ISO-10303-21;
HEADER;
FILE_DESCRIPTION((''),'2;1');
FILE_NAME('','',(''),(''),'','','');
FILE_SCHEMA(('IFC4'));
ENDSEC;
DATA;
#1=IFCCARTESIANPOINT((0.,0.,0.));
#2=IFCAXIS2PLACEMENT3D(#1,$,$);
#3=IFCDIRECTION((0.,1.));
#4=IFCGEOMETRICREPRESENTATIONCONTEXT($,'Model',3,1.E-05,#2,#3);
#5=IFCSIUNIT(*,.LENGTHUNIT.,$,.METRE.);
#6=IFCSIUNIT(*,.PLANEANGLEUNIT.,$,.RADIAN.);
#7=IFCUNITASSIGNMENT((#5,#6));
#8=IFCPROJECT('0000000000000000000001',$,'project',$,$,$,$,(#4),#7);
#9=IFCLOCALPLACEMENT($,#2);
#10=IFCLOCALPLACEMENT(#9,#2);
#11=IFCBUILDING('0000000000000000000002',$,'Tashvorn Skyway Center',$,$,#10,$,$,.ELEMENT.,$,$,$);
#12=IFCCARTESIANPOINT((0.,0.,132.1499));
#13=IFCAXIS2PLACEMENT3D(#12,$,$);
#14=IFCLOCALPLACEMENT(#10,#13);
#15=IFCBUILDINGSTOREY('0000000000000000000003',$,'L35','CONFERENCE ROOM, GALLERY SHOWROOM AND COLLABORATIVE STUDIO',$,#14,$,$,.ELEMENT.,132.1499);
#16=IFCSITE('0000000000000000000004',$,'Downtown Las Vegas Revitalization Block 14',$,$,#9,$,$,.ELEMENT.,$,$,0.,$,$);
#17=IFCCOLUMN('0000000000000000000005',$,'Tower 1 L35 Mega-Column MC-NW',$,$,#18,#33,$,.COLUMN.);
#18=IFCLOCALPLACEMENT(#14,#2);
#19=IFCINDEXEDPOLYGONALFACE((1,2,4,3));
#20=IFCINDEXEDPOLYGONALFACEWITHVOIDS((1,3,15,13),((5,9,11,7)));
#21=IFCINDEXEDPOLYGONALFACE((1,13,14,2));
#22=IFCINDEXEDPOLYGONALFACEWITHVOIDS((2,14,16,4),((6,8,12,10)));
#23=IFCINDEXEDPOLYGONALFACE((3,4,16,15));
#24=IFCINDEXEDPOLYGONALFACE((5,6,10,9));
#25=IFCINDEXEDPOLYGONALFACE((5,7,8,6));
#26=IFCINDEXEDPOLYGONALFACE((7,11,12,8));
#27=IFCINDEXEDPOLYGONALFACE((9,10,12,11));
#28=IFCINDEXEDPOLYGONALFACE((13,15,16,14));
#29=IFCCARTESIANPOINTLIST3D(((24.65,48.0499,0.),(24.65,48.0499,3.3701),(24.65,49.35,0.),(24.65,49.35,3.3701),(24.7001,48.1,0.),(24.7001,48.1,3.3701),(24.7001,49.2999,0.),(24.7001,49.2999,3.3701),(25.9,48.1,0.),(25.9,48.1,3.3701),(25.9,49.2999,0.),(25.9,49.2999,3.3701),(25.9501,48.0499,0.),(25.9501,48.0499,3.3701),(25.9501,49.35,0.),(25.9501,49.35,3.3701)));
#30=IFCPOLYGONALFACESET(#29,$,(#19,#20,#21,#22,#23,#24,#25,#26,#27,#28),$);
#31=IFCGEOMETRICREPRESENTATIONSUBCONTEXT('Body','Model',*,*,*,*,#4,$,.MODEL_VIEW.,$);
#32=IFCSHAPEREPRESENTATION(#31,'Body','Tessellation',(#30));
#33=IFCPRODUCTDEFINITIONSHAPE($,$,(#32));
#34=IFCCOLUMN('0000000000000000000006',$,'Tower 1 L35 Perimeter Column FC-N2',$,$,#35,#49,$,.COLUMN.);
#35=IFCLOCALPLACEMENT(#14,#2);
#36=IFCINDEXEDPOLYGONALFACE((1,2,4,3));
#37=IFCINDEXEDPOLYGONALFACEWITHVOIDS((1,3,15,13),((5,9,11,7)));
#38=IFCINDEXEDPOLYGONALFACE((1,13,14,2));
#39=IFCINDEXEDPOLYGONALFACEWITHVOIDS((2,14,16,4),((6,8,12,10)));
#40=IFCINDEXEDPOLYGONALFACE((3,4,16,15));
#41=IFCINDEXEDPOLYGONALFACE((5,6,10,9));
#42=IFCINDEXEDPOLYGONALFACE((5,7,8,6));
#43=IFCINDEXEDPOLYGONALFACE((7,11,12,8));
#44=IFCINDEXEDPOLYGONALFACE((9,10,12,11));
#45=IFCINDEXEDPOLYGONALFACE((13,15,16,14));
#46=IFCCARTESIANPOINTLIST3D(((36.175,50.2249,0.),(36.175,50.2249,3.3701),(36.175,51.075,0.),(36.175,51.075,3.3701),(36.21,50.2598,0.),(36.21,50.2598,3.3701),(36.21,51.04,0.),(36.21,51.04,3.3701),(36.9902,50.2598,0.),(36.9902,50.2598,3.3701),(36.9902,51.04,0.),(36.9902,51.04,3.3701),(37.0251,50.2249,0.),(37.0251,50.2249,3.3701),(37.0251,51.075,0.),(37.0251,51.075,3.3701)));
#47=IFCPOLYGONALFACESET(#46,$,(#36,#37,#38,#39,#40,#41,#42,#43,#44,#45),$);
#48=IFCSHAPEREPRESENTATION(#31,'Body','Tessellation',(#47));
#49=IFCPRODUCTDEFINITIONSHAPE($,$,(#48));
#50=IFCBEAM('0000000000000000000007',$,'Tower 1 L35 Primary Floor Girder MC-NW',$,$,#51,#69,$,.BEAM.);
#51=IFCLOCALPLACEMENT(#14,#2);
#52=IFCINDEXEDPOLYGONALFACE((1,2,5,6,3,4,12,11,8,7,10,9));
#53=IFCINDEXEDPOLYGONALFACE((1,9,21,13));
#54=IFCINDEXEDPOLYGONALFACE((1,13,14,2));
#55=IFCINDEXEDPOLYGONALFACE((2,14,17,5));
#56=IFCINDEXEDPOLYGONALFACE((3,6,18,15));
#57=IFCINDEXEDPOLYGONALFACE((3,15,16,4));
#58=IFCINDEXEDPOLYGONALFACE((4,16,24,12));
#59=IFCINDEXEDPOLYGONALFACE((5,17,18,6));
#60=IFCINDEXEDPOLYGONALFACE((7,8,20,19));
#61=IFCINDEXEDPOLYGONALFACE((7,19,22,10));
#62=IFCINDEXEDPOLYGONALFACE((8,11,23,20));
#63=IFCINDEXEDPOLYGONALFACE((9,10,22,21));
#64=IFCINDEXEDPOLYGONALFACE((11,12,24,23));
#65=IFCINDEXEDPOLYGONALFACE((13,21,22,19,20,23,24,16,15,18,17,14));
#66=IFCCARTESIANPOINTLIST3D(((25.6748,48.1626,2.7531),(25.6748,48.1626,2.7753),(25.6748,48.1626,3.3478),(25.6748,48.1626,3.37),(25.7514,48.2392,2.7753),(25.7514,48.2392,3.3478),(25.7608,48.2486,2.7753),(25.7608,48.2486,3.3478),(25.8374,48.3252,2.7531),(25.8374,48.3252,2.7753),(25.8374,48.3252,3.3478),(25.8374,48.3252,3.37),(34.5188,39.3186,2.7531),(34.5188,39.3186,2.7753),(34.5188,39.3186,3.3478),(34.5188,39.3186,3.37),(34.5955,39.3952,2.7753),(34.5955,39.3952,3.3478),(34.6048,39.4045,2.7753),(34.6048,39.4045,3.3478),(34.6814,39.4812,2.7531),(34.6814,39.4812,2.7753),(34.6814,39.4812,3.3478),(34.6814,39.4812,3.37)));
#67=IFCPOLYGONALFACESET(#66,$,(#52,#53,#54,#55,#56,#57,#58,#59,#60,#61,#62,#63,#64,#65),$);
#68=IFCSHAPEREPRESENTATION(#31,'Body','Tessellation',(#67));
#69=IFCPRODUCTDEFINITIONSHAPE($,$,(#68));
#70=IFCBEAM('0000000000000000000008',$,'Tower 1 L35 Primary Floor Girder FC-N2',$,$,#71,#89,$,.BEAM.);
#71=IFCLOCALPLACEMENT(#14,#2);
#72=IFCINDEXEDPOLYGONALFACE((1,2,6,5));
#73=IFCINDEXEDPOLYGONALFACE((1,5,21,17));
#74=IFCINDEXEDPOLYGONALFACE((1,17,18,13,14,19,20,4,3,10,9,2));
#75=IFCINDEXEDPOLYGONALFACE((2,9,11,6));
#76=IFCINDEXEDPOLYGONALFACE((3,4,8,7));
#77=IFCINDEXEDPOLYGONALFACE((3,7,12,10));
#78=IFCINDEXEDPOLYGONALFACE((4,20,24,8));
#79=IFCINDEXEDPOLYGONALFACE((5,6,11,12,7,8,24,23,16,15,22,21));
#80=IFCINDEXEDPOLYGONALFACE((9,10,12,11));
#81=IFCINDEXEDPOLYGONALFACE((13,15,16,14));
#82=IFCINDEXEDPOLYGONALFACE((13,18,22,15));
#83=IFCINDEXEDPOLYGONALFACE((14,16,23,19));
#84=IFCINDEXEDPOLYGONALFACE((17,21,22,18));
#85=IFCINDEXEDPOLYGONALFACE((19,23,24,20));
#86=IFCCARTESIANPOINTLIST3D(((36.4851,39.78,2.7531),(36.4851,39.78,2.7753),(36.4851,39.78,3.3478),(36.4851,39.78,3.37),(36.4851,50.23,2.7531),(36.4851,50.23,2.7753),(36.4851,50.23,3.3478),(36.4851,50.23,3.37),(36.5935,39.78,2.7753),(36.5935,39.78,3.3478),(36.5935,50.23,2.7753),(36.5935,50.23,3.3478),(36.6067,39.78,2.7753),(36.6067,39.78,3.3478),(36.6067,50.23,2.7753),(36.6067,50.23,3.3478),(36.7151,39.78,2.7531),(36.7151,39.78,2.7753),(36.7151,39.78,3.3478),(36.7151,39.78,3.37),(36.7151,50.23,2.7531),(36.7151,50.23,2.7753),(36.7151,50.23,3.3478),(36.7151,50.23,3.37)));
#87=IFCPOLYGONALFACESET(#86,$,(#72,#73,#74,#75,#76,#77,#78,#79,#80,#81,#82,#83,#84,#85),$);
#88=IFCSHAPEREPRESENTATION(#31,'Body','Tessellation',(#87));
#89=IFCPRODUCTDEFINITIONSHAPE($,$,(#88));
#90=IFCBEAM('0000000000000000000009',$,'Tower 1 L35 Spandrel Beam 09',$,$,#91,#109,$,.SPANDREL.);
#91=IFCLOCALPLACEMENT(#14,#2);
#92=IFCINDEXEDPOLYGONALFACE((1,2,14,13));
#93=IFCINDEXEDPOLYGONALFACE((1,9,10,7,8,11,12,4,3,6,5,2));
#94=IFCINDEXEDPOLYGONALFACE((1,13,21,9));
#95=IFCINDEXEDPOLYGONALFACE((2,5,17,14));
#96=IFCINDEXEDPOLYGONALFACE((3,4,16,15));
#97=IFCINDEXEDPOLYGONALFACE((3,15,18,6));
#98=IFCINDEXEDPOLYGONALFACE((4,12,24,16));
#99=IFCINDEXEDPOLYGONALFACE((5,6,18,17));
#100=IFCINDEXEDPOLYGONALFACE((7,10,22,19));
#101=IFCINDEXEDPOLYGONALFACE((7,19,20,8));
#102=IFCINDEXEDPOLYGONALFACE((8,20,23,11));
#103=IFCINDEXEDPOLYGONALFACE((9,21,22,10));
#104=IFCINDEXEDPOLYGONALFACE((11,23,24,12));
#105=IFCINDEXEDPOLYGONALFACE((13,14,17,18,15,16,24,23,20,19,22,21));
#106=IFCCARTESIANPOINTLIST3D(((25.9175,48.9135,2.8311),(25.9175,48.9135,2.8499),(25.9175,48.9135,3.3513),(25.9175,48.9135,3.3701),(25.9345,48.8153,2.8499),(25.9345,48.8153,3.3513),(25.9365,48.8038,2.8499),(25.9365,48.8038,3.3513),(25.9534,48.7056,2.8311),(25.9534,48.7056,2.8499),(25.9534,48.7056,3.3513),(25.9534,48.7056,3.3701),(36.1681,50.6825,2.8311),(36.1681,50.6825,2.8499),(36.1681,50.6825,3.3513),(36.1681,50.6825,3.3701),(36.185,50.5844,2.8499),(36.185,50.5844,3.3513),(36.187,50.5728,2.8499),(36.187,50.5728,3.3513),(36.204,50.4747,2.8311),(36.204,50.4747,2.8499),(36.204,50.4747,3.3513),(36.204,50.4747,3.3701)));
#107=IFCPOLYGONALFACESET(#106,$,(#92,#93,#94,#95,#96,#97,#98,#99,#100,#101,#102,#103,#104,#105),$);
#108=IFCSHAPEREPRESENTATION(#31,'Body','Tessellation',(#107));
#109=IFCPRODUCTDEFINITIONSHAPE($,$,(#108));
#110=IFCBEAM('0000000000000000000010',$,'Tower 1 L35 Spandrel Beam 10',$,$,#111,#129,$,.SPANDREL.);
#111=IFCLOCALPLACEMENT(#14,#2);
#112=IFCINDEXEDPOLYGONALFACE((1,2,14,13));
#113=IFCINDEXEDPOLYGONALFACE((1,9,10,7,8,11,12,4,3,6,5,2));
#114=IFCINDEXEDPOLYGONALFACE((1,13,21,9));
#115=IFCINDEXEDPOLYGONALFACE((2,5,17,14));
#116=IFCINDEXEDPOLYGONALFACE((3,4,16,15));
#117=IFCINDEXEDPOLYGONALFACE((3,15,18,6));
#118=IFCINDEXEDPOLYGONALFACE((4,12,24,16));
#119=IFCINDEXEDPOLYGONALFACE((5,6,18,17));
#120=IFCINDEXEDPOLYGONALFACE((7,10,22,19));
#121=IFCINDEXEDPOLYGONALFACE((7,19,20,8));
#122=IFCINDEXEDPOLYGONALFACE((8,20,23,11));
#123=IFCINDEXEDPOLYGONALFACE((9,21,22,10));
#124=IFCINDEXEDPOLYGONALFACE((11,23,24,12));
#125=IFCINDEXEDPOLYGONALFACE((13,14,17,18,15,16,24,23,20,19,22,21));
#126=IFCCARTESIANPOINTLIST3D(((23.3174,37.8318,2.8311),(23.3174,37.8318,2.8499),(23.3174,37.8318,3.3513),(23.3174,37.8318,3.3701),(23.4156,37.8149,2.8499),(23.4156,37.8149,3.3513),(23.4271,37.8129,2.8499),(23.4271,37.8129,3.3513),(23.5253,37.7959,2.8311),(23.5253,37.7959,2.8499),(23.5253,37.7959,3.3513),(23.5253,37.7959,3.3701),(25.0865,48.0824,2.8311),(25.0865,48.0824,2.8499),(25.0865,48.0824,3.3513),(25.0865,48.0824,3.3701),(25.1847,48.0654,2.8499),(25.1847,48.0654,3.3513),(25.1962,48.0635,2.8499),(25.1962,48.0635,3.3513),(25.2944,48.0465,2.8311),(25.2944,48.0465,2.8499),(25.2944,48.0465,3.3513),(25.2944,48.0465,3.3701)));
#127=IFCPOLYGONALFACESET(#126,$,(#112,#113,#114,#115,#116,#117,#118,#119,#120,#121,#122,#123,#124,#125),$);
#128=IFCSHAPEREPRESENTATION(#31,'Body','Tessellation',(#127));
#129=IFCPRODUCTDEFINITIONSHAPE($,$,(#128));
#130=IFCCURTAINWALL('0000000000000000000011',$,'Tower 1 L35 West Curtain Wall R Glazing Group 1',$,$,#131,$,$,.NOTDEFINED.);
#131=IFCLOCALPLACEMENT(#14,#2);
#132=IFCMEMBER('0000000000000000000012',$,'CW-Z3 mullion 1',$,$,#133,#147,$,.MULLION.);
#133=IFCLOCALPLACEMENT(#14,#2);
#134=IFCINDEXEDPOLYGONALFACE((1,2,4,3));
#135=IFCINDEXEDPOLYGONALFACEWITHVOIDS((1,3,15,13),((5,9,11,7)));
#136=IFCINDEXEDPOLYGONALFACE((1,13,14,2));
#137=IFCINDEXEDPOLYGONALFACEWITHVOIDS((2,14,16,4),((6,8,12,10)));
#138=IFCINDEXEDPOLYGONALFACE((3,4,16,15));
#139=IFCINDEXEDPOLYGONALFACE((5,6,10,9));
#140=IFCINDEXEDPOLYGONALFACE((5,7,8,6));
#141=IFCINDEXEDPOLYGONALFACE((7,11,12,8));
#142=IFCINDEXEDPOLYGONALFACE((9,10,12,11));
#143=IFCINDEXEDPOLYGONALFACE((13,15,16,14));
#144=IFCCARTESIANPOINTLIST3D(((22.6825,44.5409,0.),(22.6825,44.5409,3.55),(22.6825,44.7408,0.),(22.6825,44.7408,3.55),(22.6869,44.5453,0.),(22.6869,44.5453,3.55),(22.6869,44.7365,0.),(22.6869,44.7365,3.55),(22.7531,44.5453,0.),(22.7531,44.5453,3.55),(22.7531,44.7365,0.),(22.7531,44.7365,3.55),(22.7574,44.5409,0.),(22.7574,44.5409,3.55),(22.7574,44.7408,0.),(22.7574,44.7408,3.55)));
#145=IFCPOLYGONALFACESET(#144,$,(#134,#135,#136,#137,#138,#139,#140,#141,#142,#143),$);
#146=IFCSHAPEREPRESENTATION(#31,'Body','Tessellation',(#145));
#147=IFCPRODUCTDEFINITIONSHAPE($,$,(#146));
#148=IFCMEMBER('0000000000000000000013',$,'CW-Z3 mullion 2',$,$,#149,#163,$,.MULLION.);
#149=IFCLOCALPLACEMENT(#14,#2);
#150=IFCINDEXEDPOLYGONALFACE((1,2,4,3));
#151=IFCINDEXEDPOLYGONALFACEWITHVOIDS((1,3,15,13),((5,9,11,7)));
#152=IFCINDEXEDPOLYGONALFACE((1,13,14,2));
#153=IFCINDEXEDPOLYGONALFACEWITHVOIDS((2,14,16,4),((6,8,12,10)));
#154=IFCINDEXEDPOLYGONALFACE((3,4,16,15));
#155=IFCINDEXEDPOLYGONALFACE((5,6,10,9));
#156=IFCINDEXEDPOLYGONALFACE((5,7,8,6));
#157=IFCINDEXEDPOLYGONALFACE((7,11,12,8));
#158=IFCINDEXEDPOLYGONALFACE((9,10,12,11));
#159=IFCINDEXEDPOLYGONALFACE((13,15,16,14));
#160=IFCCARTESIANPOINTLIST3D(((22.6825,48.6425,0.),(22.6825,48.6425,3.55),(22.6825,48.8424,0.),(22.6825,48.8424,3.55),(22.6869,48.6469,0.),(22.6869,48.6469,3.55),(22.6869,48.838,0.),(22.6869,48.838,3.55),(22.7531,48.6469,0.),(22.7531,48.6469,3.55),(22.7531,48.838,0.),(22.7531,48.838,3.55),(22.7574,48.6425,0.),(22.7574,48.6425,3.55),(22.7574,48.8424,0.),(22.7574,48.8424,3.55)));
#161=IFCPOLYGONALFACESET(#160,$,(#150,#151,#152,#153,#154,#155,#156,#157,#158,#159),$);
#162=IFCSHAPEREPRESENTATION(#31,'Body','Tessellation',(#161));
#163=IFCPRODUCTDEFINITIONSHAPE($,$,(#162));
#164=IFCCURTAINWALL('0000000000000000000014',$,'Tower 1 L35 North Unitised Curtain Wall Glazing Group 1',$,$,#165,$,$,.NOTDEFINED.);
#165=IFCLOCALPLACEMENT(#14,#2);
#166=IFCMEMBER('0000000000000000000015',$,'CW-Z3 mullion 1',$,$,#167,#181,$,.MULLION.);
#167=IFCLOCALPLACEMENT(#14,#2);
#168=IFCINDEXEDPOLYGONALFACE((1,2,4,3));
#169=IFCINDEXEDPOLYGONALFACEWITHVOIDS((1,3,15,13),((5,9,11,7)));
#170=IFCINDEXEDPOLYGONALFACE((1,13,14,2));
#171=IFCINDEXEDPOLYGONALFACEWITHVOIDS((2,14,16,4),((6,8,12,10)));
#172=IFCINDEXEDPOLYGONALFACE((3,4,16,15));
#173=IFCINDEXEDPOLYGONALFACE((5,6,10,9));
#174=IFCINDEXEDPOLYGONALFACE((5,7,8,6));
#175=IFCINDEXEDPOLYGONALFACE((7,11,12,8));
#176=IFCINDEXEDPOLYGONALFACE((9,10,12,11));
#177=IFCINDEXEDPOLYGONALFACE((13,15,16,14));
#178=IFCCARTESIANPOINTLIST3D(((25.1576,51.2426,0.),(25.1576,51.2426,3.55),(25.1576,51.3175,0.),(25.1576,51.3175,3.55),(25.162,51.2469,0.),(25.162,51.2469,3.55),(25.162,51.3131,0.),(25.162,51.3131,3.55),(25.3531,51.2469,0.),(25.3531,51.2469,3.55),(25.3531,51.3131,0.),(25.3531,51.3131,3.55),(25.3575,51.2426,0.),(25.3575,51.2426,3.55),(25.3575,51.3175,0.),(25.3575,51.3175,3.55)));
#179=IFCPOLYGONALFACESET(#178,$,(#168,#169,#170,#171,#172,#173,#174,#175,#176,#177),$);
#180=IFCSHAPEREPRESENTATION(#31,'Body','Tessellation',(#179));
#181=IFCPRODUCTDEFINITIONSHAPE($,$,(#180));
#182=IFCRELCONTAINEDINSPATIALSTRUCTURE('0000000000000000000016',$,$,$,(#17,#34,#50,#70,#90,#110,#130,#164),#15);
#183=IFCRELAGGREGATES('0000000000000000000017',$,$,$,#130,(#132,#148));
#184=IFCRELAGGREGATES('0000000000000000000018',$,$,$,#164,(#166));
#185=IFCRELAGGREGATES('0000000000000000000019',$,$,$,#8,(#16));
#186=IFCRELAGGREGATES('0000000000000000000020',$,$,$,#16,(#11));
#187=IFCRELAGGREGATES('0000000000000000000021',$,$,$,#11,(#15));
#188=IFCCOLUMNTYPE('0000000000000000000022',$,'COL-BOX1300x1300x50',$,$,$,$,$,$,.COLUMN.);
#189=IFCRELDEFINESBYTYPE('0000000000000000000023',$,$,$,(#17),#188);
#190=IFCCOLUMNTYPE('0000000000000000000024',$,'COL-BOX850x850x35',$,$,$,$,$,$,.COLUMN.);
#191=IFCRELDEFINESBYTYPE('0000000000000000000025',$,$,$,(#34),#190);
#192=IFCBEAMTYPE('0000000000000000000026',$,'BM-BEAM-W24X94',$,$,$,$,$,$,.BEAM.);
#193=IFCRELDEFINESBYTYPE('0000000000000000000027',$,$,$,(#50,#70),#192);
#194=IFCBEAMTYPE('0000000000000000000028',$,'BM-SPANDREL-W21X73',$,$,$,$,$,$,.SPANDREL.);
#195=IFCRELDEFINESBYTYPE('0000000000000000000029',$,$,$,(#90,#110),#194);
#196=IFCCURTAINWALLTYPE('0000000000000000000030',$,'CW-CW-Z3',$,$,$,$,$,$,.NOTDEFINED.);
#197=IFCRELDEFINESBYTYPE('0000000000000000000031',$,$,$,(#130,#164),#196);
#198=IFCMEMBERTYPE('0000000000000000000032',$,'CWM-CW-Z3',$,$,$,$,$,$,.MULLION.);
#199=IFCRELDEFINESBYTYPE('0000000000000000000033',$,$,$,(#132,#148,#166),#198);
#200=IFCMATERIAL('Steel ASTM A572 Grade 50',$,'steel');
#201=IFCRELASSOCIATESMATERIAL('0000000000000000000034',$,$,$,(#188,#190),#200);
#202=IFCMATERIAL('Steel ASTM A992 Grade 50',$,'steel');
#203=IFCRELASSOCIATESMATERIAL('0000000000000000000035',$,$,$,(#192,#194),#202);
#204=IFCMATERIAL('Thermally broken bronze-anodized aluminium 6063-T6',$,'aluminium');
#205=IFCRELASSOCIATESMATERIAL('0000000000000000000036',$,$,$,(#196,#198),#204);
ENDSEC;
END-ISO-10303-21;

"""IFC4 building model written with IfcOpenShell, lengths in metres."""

from ifc_helpers import new_model, si_unit, direction, frame, origin, origin_2d, place, context, subcontext, project, spatial, hollow_rectangle, i_section, extrude, material, material_profile, profile_set, type_object, element, aggregate, save


model = new_model("IFC4")

# Units and contexts
model_context = context("Model", 3, precision=1e-05, world=origin(), true_north=direction((0.0, 1.0)))
body_context = subcontext(model_context, "Body", "Model", "MODEL_VIEW")
ifc_project = project(units=[si_unit("LENGTHUNIT", "METRE"), si_unit("PLANEANGLEUNIT", "RADIAN")], contexts=[model_context])

# Site, building, storey
site_placement = place(None, origin())
site = spatial("IfcSite", under=ifc_project, at=site_placement, Name="Downtown Las Vegas Revitalization Block 14", CompositionType="ELEMENT", RefElevation=0.0)
building_placement = place(site_placement, origin())
building = spatial("IfcBuilding", under=site, at=building_placement, Name="Tashvorn Skyway Center", CompositionType="ELEMENT")
storey_placement = place(building_placement, frame((0.0, 0.0, 132.1499)))
storey = spatial("IfcBuildingStorey", under=building, at=storey_placement, Name="L35", Description="CONFERENCE ROOM, GALLERY SHOWROOM AND COLLABORATIVE STUDIO", CompositionType="ELEMENT", Elevation=132.1499)

# Columns
ifc_material_1 = material(Name="Steel ASTM A572 Grade 50", Category="steel")
ifc_material_profile_1 = material_profile(ifc_material_1, hollow_rectangle(XDim=1.3, YDim=1.3, WallThickness=0.05, at=origin_2d()), Name="BOX1300x1300x50")
ifc_profile_set_1 = profile_set([ifc_material_profile_1], Name="Steel ASTM A572 Grade 50")
column_type_1 = type_object("IfcColumnType", Name="COL-BOX1300x1300x50", PredefinedType="COLUMN", material=ifc_profile_set_1)
column_1_placement = place(storey_placement, frame((25.3, 48.7, 0.0), z_axis=(0.0, 0.0, 1.0), x_axis=(1.0, 0.0, 0.0)))
element("IfcColumn", 1, at=column_1_placement, inside=storey, type_object=column_type_1, Name="Tower 1 L35 Mega-Column MC-NW", PredefinedType="COLUMN", context=body_context, shape_type="SweptSolid", body=[
    extrude(hollow_rectangle(XDim=1.3, YDim=1.3, WallThickness=0.05, at=origin_2d()), origin(), (0.0, 0.0, 1.0), 3.3701),
])
ifc_material_profile_2 = material_profile(ifc_material_1, hollow_rectangle(XDim=0.8501, YDim=0.8501, WallThickness=0.0349, at=origin_2d()), Name="BOX850x850x35")
ifc_profile_set_2 = profile_set([ifc_material_profile_2], Name="Steel ASTM A572 Grade 50")
column_type_2 = type_object("IfcColumnType", Name="COL-BOX850x850x35", PredefinedType="COLUMN", material=ifc_profile_set_2)
column_2_placement = place(storey_placement, frame((36.6001, 50.6499, 0.0), z_axis=(0.0, 0.0, 1.0), x_axis=(1.0, 0.0, 0.0)))
element("IfcColumn", 2, at=column_2_placement, inside=storey, type_object=column_type_2, Name="Tower 1 L35 Perimeter Column FC-N2", PredefinedType="COLUMN", context=body_context, shape_type="SweptSolid", body=[
    extrude(hollow_rectangle(XDim=0.8501, YDim=0.8501, WallThickness=0.0349, at=origin_2d()), origin(), (0.0, 0.0, 1.0), 3.3701),
])

# Beams
ifc_material_2 = material(Name="Steel ASTM A992 Grade 50", Category="steel")
ifc_material_profile_3 = material_profile(ifc_material_2, i_section(OverallWidth=0.23, OverallDepth=0.6169, WebThickness=0.0132, FlangeThickness=0.0222, at=origin_2d()), Name="W24X94")
ifc_profile_set_3 = profile_set([ifc_material_profile_3], Name="Steel ASTM A992 Grade 50")
beam_type_1 = type_object("IfcBeamType", Name="BM-BEAM-W24X94", PredefinedType="BEAM", material=ifc_profile_set_3)
beam_1_placement = place(storey_placement, frame((25.7561, 48.2439, 3.0615), z_axis=(0.707107, -0.707107, 0.0), x_axis=(0.707107, 0.707107, 0.0)))
element("IfcBeam", 3, at=beam_1_placement, inside=storey, type_object=beam_type_1, Name="Tower 1 L35 Primary Floor Girder MC-NW", PredefinedType="BEAM", context=body_context, shape_type="SweptSolid", body=[
    extrude(i_section(OverallWidth=0.23, OverallDepth=0.6169, WebThickness=0.0132, FlangeThickness=0.0222, at=origin_2d()), origin(), (0.0, 0.0, 1.0), 12.5073),
])
beam_2_placement = place(storey_placement, frame((36.6001, 50.23, 3.0615), z_axis=(0.0, -1.0, 0.0), x_axis=(1.0, 0.0, 0.0)))
element("IfcBeam", 4, at=beam_2_placement, inside=storey, type_object=beam_type_1, Name="Tower 1 L35 Primary Floor Girder FC-N2", PredefinedType="BEAM", context=body_context, shape_type="SweptSolid", body=[
    extrude(i_section(OverallWidth=0.23, OverallDepth=0.6169, WebThickness=0.0132, FlangeThickness=0.0222, at=origin_2d()), origin(), (0.0, 0.0, 1.0), 10.45),
])
ifc_material_profile_4 = material_profile(ifc_material_2, i_section(OverallWidth=0.2109, OverallDepth=0.5391, WebThickness=0.0117, FlangeThickness=0.0188, at=origin_2d()), Name="W21X73")
ifc_profile_set_4 = profile_set([ifc_material_profile_4], Name="Steel ASTM A992 Grade 50")
beam_type_2 = type_object("IfcBeamType", Name="BM-SPANDREL-W21X73", PredefinedType="SPANDREL", material=ifc_profile_set_4)
for number, where, z_axis, x_axis, name in (
    (5, (36.186, 50.5786, 3.1006), (-0.985432, -0.170067, 0.0), (0.170067, -0.985432, 0.0), "Tower 1 L35 Spandrel Beam 09"),
    (6, (25.1904, 48.0645, 3.1006), (-0.170067, -0.985432, 0.0), (0.985432, -0.170067, 0.0), "Tower 1 L35 Spandrel Beam 10"),
):
    element("IfcBeam", number, at=place(storey_placement, frame(where, z_axis=z_axis, x_axis=x_axis)), inside=storey, type_object=beam_type_2, Name=name, PredefinedType="SPANDREL", context=body_context, shape_type="SweptSolid", body=[
        extrude(i_section(OverallWidth=0.2109, OverallDepth=0.5391, WebThickness=0.0117, FlangeThickness=0.0188, at=origin_2d()), origin(), (0.0, 0.0, 1.0), 10.4021),
    ])

# Curtain walls, members
ifc_material_3 = material(Name="Thermally broken bronze-anodized aluminium 6063-T6", Category="aluminium")
curtain_wall_type = type_object("IfcCurtainWallType", Name="CW-CW-Z3", PredefinedType="NOTDEFINED", material=ifc_material_3)
curtain_wall_1_placement = place(storey_placement, origin())
curtain_wall_1 = element("IfcCurtainWall", 7, at=curtain_wall_1_placement, inside=storey, type_object=curtain_wall_type, Name="Tower 1 L35 West Curtain Wall R Glazing Group 1", PredefinedType="NOTDEFINED")
ifc_material_profile_5 = material_profile(ifc_material_3, hollow_rectangle(XDim=0.075, YDim=0.2, WallThickness=0.0044, at=origin_2d()), Name="ALU-MULL-75x200")
ifc_profile_set_5 = profile_set([ifc_material_profile_5], Name="Thermally broken bronze-anodized aluminium 6063-T6")
member_type_1 = type_object("IfcMemberType", Name="CWM-CW-Z3", PredefinedType="MULLION", material=ifc_profile_set_5)
member_1_placement = place(storey_placement, frame((22.72, 44.6409, 0.0), z_axis=(0.0, 0.0, 1.0), x_axis=(-1.0, 0.0, 0.0)))
member_1 = element("IfcMember", 8, at=member_1_placement, type_object=member_type_1, Name="CW-Z3 mullion 1", PredefinedType="MULLION", context=body_context, shape_type="SweptSolid", body=[
    extrude(hollow_rectangle(XDim=0.075, YDim=0.2, WallThickness=0.0044, at=origin_2d()), origin(), (0.0, 0.0, 1.0), 3.55),
])
member_2_placement = place(storey_placement, frame((22.72, 48.7424, 0.0), z_axis=(0.0, 0.0, 1.0), x_axis=(-1.0, 0.0, 0.0)))
member_2 = element("IfcMember", 9, at=member_2_placement, type_object=member_type_1, Name="CW-Z3 mullion 2", PredefinedType="MULLION", context=body_context, shape_type="SweptSolid", body=[
    extrude(hollow_rectangle(XDim=0.075, YDim=0.2, WallThickness=0.0044, at=origin_2d()), origin(), (0.0, 0.0, 1.0), 3.55),
])
curtain_wall_2_placement = place(storey_placement, origin())
curtain_wall_2 = element("IfcCurtainWall", 10, at=curtain_wall_2_placement, inside=storey, type_object=curtain_wall_type, Name="Tower 1 L35 North Unitised Curtain Wall Glazing Group 1", PredefinedType="NOTDEFINED")
member_3_placement = place(storey_placement, frame((25.2576, 51.28, 0.0), z_axis=(0.0, 0.0, 1.0), x_axis=(0.0, 1.0, 0.0)))
member_3 = element("IfcMember", 11, at=member_3_placement, type_object=member_type_1, Name="CW-Z3 mullion 1", PredefinedType="MULLION", context=body_context, shape_type="SweptSolid", body=[
    extrude(hollow_rectangle(XDim=0.075, YDim=0.2, WallThickness=0.0044, at=origin_2d()), origin(), (0.0, 0.0, 1.0), 3.55),
])

aggregate(curtain_wall_1, [member_1, member_2])
aggregate(curtain_wall_2, [member_3])

save(model, "model.ifc")
